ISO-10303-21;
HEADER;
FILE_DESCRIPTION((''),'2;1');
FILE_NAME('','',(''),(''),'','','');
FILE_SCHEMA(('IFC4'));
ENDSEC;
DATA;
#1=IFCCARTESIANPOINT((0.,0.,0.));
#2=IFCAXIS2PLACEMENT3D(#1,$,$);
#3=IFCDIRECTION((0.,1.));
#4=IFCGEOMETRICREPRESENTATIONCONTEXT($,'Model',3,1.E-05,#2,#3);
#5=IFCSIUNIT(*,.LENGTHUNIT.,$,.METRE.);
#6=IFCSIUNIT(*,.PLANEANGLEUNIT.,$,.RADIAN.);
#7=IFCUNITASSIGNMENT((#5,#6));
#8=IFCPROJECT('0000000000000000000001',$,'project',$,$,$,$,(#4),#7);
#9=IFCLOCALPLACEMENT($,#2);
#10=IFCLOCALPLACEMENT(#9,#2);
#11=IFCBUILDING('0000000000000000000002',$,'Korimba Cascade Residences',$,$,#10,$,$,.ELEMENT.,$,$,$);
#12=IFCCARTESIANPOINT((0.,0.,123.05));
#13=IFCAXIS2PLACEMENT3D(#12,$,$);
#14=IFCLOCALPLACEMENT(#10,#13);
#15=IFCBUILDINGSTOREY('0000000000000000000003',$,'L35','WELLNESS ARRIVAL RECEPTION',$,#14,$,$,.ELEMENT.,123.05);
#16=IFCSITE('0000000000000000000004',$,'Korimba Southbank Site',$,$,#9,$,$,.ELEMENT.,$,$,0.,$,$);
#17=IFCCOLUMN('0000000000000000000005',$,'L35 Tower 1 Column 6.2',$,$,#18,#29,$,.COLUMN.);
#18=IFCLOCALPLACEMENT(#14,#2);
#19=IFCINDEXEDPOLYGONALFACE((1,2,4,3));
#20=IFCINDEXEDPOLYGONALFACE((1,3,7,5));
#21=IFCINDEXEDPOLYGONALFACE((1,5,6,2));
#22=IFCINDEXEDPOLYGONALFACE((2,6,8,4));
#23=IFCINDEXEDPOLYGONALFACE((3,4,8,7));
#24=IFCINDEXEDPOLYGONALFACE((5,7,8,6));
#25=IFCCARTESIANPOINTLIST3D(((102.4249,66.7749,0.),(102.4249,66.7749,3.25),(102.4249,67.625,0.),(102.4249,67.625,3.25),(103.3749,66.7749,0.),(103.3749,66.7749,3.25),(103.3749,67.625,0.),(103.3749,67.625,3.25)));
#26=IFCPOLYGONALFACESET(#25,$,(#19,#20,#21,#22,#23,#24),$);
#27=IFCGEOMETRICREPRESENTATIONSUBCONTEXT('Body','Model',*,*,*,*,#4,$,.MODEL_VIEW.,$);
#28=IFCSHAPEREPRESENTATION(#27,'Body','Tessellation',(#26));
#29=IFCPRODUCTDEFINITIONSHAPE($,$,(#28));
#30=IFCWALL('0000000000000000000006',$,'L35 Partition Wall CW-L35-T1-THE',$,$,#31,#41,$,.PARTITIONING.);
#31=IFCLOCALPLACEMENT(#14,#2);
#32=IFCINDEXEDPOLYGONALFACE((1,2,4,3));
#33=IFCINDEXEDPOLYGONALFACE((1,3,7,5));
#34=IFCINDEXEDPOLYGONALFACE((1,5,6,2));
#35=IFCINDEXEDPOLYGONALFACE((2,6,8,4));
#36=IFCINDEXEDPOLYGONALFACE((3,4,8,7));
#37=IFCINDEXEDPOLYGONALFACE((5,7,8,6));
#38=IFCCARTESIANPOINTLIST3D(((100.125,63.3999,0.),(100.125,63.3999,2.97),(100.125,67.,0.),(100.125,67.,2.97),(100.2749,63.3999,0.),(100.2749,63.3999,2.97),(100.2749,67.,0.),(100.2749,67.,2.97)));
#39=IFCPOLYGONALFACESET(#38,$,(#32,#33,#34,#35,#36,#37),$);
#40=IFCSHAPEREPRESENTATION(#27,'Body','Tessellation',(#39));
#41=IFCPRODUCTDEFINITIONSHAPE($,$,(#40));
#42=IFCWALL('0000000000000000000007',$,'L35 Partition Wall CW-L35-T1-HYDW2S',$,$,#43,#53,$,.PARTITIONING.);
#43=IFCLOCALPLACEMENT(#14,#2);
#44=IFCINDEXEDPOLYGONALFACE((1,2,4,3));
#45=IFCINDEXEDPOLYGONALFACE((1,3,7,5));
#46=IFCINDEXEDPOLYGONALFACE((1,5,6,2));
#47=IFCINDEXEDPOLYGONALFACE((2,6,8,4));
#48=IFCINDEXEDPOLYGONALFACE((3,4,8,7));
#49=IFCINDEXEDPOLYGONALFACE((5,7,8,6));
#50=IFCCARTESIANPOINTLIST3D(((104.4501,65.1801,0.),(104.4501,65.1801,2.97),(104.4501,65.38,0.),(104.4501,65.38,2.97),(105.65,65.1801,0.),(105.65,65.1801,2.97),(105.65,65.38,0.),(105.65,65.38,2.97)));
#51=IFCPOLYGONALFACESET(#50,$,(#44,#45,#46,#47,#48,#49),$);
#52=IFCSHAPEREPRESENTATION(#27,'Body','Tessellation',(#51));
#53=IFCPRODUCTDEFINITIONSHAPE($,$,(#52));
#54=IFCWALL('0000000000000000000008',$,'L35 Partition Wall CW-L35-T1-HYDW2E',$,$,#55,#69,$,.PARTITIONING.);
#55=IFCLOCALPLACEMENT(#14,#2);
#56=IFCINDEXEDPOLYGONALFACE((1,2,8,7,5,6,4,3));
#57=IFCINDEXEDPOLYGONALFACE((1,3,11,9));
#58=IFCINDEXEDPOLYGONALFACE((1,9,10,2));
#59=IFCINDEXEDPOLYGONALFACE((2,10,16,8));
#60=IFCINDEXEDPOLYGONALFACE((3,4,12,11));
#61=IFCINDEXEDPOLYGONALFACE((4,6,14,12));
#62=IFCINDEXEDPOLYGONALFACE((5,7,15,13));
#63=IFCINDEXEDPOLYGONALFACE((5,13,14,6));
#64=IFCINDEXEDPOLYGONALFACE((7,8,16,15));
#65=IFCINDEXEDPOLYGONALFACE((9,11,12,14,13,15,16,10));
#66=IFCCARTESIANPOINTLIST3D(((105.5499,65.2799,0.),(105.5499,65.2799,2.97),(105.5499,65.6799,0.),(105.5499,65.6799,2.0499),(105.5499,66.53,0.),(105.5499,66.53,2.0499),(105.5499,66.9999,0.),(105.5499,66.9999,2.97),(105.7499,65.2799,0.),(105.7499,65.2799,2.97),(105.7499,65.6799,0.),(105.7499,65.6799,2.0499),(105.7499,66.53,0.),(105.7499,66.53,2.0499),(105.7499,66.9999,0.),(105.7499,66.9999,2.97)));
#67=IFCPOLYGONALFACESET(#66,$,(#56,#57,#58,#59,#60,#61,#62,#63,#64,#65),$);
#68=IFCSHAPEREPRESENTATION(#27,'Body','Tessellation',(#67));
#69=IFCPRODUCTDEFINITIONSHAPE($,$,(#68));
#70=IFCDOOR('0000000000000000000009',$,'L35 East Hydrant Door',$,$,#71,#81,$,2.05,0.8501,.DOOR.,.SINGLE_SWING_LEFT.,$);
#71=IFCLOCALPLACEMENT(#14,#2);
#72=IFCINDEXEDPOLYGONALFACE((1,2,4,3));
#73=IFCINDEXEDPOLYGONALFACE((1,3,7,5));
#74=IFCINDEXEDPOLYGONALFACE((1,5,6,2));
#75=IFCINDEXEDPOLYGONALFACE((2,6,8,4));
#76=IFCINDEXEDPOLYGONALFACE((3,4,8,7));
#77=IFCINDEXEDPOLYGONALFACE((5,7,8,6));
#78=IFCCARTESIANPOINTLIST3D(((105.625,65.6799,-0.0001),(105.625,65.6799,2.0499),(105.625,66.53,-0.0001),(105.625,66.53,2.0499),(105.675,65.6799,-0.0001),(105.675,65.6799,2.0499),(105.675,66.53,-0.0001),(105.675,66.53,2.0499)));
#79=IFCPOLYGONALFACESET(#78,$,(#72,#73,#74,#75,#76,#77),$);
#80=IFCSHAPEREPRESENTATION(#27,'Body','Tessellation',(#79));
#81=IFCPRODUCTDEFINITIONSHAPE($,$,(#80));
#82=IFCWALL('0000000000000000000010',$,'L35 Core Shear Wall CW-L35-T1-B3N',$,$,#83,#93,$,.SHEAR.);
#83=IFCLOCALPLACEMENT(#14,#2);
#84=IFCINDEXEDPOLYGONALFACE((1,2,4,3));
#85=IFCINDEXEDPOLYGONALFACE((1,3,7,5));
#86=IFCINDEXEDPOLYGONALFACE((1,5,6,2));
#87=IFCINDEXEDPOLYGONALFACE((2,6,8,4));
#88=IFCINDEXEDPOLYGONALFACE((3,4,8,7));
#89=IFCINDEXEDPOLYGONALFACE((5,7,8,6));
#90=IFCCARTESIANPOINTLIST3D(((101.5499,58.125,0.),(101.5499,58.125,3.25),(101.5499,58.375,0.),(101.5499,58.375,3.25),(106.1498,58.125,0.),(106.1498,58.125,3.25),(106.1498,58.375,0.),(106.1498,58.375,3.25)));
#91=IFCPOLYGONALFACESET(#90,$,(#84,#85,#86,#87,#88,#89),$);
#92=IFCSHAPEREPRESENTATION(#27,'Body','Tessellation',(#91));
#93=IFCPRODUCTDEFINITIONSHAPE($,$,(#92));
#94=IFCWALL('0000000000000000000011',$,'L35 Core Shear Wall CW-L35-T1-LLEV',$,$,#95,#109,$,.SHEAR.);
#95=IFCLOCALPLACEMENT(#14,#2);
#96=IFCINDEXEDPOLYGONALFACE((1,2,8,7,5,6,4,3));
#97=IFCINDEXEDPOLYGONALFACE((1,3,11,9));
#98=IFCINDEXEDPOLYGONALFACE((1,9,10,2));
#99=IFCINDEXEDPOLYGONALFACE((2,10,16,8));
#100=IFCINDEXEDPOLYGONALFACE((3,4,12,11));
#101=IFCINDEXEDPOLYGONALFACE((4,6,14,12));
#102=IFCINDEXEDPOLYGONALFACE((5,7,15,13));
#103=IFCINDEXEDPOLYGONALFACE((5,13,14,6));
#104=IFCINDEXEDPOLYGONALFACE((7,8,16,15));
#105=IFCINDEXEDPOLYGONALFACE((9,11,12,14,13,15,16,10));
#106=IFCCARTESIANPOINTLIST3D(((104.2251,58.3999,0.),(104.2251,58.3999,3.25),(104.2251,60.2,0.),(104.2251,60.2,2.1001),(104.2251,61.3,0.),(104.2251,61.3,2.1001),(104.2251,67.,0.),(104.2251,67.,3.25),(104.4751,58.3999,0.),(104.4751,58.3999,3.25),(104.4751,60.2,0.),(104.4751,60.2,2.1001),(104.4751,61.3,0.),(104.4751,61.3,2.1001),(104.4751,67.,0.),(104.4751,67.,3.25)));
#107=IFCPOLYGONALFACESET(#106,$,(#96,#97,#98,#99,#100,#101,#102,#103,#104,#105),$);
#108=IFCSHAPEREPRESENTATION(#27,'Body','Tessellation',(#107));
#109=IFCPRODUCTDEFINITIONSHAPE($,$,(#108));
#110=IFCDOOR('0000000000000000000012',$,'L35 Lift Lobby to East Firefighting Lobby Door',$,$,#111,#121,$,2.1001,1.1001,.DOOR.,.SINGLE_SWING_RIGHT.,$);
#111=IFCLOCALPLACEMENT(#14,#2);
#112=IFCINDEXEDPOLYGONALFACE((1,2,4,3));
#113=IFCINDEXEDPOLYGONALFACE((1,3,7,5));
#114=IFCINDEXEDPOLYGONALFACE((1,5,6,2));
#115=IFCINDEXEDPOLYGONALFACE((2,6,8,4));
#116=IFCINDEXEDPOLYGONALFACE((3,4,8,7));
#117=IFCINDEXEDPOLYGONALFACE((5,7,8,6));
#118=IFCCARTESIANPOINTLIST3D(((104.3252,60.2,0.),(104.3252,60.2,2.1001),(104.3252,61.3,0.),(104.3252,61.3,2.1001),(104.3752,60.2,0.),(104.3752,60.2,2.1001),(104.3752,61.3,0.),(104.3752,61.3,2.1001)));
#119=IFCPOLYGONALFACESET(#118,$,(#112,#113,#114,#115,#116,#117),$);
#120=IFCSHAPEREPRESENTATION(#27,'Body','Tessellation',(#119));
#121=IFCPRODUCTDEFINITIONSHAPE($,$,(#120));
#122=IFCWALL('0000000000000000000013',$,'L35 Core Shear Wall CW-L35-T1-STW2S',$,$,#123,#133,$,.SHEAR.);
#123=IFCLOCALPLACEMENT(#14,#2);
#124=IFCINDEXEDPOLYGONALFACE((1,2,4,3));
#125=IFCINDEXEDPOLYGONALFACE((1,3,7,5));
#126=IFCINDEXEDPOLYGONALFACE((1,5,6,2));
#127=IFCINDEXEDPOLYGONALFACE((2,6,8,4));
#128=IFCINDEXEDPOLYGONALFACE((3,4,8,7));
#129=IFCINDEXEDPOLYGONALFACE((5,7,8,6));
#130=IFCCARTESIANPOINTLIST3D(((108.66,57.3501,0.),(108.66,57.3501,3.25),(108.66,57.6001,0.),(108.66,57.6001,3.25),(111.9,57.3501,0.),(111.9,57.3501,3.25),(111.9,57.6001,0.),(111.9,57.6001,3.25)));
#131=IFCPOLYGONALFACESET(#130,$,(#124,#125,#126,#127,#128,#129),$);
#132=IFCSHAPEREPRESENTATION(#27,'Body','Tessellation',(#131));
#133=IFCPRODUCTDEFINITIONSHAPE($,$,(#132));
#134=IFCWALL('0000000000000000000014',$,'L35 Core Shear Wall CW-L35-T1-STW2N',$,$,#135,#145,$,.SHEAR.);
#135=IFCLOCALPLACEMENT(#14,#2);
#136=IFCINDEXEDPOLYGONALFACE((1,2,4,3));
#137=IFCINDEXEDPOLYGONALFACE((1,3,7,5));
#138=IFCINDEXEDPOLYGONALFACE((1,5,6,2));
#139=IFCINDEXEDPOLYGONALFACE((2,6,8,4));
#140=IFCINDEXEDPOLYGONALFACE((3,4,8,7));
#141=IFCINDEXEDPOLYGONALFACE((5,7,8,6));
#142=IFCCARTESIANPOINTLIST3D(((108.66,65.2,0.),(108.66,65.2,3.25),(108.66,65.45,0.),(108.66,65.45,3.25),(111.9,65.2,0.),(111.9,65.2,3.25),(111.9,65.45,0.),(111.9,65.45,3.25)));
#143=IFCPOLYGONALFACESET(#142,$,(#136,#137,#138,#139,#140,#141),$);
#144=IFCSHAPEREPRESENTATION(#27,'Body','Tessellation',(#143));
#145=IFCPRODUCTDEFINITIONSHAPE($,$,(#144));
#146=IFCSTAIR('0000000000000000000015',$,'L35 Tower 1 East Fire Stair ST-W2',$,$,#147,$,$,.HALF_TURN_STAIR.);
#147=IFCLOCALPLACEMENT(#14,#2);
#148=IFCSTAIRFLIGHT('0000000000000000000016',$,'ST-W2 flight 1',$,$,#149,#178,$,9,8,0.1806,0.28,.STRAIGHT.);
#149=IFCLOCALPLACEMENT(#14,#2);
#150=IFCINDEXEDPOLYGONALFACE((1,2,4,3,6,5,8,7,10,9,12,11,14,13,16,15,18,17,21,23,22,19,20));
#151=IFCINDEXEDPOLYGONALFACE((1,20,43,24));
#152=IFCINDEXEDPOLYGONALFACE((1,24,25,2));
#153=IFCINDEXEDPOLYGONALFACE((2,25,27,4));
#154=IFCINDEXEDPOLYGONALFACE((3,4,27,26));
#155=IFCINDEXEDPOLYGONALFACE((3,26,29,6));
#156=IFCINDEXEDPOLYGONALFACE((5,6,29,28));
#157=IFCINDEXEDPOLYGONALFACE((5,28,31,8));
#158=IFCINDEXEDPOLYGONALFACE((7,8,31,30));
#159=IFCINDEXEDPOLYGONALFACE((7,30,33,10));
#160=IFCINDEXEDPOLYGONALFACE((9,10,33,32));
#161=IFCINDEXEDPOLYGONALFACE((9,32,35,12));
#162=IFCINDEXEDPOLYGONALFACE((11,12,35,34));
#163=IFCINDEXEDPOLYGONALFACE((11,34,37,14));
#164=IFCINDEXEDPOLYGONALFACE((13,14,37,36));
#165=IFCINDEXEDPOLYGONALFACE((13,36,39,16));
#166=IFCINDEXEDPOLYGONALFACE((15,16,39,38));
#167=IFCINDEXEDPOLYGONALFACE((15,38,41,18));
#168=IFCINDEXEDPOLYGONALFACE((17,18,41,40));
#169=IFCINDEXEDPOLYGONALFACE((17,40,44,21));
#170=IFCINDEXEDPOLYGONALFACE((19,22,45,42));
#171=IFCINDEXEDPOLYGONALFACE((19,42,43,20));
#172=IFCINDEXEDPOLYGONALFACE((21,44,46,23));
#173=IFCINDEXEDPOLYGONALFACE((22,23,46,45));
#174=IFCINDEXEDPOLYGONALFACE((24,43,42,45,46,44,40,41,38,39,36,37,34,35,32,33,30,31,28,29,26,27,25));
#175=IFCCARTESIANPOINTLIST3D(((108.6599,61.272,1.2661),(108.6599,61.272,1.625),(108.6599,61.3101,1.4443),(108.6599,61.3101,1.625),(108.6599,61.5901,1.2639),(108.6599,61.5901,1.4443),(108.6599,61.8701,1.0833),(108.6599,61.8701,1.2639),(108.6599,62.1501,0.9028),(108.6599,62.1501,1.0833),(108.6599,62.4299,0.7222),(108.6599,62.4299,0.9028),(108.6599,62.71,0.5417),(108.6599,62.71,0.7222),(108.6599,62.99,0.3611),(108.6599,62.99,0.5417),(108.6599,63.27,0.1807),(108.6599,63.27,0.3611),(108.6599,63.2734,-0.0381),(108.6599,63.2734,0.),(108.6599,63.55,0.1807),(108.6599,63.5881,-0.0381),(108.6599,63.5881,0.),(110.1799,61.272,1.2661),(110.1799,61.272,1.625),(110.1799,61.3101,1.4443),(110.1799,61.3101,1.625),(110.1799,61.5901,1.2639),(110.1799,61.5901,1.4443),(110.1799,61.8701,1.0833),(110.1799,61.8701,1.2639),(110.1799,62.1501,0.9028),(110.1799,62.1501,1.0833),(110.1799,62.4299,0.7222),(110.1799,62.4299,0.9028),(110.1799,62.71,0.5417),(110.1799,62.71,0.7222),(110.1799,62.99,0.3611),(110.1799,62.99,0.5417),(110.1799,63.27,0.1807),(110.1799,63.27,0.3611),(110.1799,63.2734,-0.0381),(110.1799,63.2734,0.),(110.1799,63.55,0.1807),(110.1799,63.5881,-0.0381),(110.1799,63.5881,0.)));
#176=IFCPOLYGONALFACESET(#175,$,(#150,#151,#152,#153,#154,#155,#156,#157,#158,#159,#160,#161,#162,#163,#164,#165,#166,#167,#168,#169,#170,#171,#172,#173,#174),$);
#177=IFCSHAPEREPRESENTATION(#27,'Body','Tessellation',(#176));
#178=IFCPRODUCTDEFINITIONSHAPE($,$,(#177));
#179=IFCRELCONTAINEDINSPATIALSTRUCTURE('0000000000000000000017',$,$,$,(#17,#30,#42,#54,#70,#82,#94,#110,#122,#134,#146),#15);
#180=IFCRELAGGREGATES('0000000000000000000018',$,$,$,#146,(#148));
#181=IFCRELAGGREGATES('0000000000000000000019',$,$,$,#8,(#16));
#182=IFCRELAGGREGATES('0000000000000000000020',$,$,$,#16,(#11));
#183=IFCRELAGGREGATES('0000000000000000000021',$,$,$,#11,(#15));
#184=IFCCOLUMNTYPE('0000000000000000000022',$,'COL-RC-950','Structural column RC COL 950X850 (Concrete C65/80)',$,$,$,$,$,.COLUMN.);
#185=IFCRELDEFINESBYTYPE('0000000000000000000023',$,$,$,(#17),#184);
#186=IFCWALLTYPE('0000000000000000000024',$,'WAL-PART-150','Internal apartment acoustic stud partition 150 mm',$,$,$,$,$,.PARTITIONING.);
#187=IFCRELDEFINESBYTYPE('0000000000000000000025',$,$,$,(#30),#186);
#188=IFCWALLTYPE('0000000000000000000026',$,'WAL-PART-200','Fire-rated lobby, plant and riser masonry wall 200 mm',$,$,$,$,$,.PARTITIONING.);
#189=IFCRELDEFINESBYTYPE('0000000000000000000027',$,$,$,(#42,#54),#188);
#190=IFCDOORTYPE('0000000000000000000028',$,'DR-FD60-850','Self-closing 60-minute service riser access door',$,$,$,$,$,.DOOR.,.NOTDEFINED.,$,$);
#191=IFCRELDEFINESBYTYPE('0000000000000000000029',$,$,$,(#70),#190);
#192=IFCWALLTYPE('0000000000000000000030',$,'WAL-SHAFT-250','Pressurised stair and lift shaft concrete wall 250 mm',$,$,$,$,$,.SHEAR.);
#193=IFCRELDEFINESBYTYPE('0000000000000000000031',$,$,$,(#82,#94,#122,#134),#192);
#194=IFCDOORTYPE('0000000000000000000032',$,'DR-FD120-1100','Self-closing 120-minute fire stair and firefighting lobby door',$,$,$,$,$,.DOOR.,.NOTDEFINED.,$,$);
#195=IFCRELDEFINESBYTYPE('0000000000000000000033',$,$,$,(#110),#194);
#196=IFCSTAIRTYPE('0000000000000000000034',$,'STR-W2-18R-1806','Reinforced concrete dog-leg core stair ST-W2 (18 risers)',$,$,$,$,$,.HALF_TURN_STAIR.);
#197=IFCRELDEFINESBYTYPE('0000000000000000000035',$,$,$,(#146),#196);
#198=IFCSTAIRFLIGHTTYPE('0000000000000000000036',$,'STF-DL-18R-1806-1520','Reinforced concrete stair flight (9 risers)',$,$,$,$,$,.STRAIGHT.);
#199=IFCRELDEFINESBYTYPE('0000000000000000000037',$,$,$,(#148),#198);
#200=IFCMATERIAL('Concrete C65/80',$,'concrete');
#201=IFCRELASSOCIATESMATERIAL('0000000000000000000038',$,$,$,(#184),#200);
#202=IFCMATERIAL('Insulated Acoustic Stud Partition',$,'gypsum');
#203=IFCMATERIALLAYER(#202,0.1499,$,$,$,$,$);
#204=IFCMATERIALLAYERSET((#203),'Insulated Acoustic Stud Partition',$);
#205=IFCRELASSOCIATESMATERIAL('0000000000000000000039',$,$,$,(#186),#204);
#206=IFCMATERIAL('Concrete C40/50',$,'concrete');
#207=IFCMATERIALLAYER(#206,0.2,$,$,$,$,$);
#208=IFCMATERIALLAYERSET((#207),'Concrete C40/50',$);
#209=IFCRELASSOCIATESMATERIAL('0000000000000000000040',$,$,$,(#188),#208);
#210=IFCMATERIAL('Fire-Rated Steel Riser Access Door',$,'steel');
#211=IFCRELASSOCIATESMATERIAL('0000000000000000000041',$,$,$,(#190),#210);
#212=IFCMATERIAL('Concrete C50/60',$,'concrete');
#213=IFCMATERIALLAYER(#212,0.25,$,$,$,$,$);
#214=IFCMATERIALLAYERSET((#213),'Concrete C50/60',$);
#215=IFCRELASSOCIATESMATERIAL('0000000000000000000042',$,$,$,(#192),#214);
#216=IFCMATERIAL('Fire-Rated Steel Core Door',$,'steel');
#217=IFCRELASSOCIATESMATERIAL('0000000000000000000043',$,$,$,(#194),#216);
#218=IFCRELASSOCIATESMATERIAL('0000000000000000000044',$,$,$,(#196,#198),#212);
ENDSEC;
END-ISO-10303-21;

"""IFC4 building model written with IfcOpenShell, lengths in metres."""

from ifc_helpers import new_model, si_unit, direction, frame, frame_2d, origin, origin_2d, place, context, subcontext, project, spatial, polyline, rectangle, outline, extrude, material, layer, layer_set, material_profile, profile_set, type_object, element, fill, aggregate, save


model = new_model("IFC4")

# Units and contexts
model_context = context("Model", 3, precision=1e-05, world=origin(), true_north=direction((0.0, 1.0)))
body_context = subcontext(model_context, "Body", "Model", "MODEL_VIEW")
ifc_project = project(units=[si_unit("LENGTHUNIT", "METRE"), si_unit("PLANEANGLEUNIT", "RADIAN")], contexts=[model_context])

# Site, building, storey
site_placement = place(None, origin())
site = spatial("IfcSite", under=ifc_project, at=site_placement, Name="Korimba Southbank Site", CompositionType="ELEMENT", RefElevation=0.0)
building_placement = place(site_placement, origin())
building = spatial("IfcBuilding", under=site, at=building_placement, Name="Korimba Cascade Residences", CompositionType="ELEMENT")
storey_placement = place(building_placement, frame((0.0, 0.0, 123.05)))
storey = spatial("IfcBuildingStorey", under=building, at=storey_placement, Name="L35", Description="WELLNESS ARRIVAL RECEPTION", CompositionType="ELEMENT", Elevation=123.05)

# Column
ifc_material_1 = material(Name="Concrete C65/80", Category="concrete")
ifc_material_profile = material_profile(ifc_material_1, rectangle(XDim=0.95, YDim=0.8501, at=origin_2d()), Name="Concrete C65/80")
ifc_profile_set = profile_set([ifc_material_profile], Name="Concrete C65/80")
column_type = type_object("IfcColumnType", Name="COL-RC-950", Description="Structural column RC COL 950X850 (Concrete C65/80)", PredefinedType="COLUMN", material=ifc_profile_set)
column_placement = place(storey_placement, frame((102.8999, 67.2, 0.0), z_axis=(0.0, 0.0, 1.0), x_axis=(1.0, 0.0, 0.0)))
element("IfcColumn", 1, at=column_placement, inside=storey, type_object=column_type, Name="L35 Tower 1 Column 6.2", PredefinedType="COLUMN", context=body_context, shape_type="SweptSolid", body=[
    extrude(rectangle(XDim=0.95, YDim=0.8501, at=origin_2d()), origin(), (0.0, 0.0, 1.0), 3.25),
])

# Walls
ifc_material_2 = material(Name="Insulated Acoustic Stud Partition", Category="gypsum")
ifc_layer_1 = layer(ifc_material_2, 0.1499)
ifc_layer_set_1 = layer_set([ifc_layer_1], Name="Insulated Acoustic Stud Partition")
wall_type_1 = type_object("IfcWallType", Name="WAL-PART-150", Description="Internal apartment acoustic stud partition 150 mm", PredefinedType="PARTITIONING", material=ifc_layer_set_1)
wall_1_placement = place(storey_placement, frame((100.2, 63.3999, 0.0), z_axis=(0.0, 0.0, 1.0), x_axis=(0.0, 1.0, 0.0)))
element("IfcWall", 2, at=wall_1_placement, inside=storey, type_object=wall_type_1, Name="L35 Partition Wall CW-L35-T1-THE", PredefinedType="PARTITIONING", context=body_context, shape_type="SweptSolid", body=[
    extrude(rectangle(XDim=3.6001, YDim=0.1499, at=frame_2d((1.8, 0.0))), origin(), (0.0, 0.0, 1.0), 2.97),
])
ifc_material_3 = material(Name="Concrete C40/50", Category="concrete")
ifc_layer_2 = layer(ifc_material_3, 0.2)
ifc_layer_set_2 = layer_set([ifc_layer_2], Name="Concrete C40/50")
wall_type_2 = type_object("IfcWallType", Name="WAL-PART-200", Description="Fire-rated lobby, plant and riser masonry wall 200 mm", PredefinedType="PARTITIONING", material=ifc_layer_set_2)
wall_2_placement = place(storey_placement, frame((104.45, 65.28, 0.0), z_axis=(0.0, 0.0, 1.0), x_axis=(1.0, 0.0, 0.0)))
element("IfcWall", 3, at=wall_2_placement, inside=storey, type_object=wall_type_2, Name="L35 Partition Wall CW-L35-T1-HYDW2S", PredefinedType="PARTITIONING", context=body_context, shape_type="SweptSolid", body=[
    extrude(rectangle(XDim=1.2, YDim=0.2, at=frame_2d((0.6001, 0.0))), origin(), (0.0, 0.0, 1.0), 2.97),
])

# Wall, opening, door
wall_3_placement = place(storey_placement, frame((105.6499, 65.28, 0.0), z_axis=(0.0, 0.0, 1.0), x_axis=(0.0, 1.0, 0.0)))
wall_3 = element("IfcWall", 4, at=wall_3_placement, inside=storey, type_object=wall_type_2, Name="L35 Partition Wall CW-L35-T1-HYDW2E", PredefinedType="PARTITIONING", context=body_context, shape_type="SweptSolid", body=[
    extrude(rectangle(XDim=1.72, YDim=0.2, at=frame_2d((0.8599, 0.0))), origin(), (0.0, 0.0, 1.0), 2.97),
])
opening_1_placement = place(wall_3_placement, frame((0.3999, 0.0, 0.0)))
opening_1 = element("IfcOpeningElement", 5, at=opening_1_placement, cuts=wall_3, PredefinedType="OPENING", context=body_context, shape_type="SweptSolid", body=[
    extrude(rectangle(XDim=0.8501, YDim=2.05, at=frame_2d((0.425, 1.0249))), frame((0.0, 0.1099, 0.0), z_axis=(0.0, -1.0, 0.0), x_axis=(1.0, 0.0, 0.0)), (0.0, 0.0, 1.0), 0.22),
])
ifc_material_4 = material(Name="Fire-Rated Steel Riser Access Door", Category="steel")
door_type_1 = type_object("IfcDoorType", Name="DR-FD60-850", Description="Self-closing 60-minute service riser access door", OperationType="NOTDEFINED", PredefinedType="DOOR", material=ifc_material_4)
door_1_placement = place(opening_1_placement, origin())
door_1 = element("IfcDoor", 6, at=door_1_placement, inside=storey, type_object=door_type_1, Name="L35 East Hydrant Door", OperationType="SINGLE_SWING_LEFT", OverallHeight=2.05, OverallWidth=0.8501, PredefinedType="DOOR", context=body_context, shape_type="SweptSolid", body=[
    extrude(rectangle(XDim=0.8501, YDim=2.05, at=frame_2d((0.425, 1.0249))), frame((0.0, 0.0249, 0.0), z_axis=(0.0, -1.0, 0.0), x_axis=(1.0, 0.0, 0.0)), (0.0, 0.0, 1.0), 0.05),
])
fill(opening_1, door_1)

# Wall
ifc_material_5 = material(Name="Concrete C50/60", Category="concrete")
ifc_layer_3 = layer(ifc_material_5, 0.25)
ifc_layer_set_3 = layer_set([ifc_layer_3], Name="Concrete C50/60")
wall_type_3 = type_object("IfcWallType", Name="WAL-SHAFT-250", Description="Pressurised stair and lift shaft concrete wall 250 mm", PredefinedType="SHEAR", material=ifc_layer_set_3)
wall_4_placement = place(storey_placement, frame((101.55, 58.25, 0.0), z_axis=(0.0, 0.0, 1.0), x_axis=(1.0, 0.0, 0.0)))
element("IfcWall", 7, at=wall_4_placement, inside=storey, type_object=wall_type_3, Name="L35 Core Shear Wall CW-L35-T1-B3N", PredefinedType="SHEAR", context=body_context, shape_type="SweptSolid", body=[
    extrude(rectangle(XDim=4.5999, YDim=0.25, at=frame_2d((2.2998, 0.0))), origin(), (0.0, 0.0, 1.0), 3.25),
])

# Wall, opening, door
wall_5_placement = place(storey_placement, frame((104.3501, 58.3999, 0.0), z_axis=(0.0, 0.0, 1.0), x_axis=(0.0, 1.0, 0.0)))
wall_5 = element("IfcWall", 8, at=wall_5_placement, inside=storey, type_object=wall_type_3, Name="L35 Core Shear Wall CW-L35-T1-LLEV", PredefinedType="SHEAR", context=body_context, shape_type="SweptSolid", body=[
    extrude(rectangle(XDim=8.6001, YDim=0.25, at=frame_2d((4.3, 0.0))), origin(), (0.0, 0.0, 1.0), 3.25),
])
opening_2_placement = place(wall_5_placement, frame((1.8, 0.0, 0.0)))
opening_2 = element("IfcOpeningElement", 9, at=opening_2_placement, cuts=wall_5, PredefinedType="OPENING", context=body_context, shape_type="SweptSolid", body=[
    extrude(rectangle(XDim=1.1001, YDim=2.1001, at=frame_2d((0.55, 1.05))), frame((0.0, 0.135, 0.0), z_axis=(0.0, -1.0, 0.0), x_axis=(1.0, 0.0, 0.0)), (0.0, 0.0, 1.0), 0.27),
])
ifc_material_6 = material(Name="Fire-Rated Steel Core Door", Category="steel")
door_type_2 = type_object("IfcDoorType", Name="DR-FD120-1100", Description="Self-closing 120-minute fire stair and firefighting lobby door", OperationType="NOTDEFINED", PredefinedType="DOOR", material=ifc_material_6)
door_2_placement = place(opening_2_placement, origin())
door_2 = element("IfcDoor", 10, at=door_2_placement, inside=storey, type_object=door_type_2, Name="L35 Lift Lobby to East Firefighting Lobby Door", OperationType="SINGLE_SWING_RIGHT", OverallHeight=2.1001, OverallWidth=1.1001, PredefinedType="DOOR", context=body_context, shape_type="SweptSolid", body=[
    extrude(rectangle(XDim=1.1001, YDim=2.1001, at=frame_2d((0.55, 1.05))), frame((0.0, 0.0249, 0.0), z_axis=(0.0, -1.0, 0.0), x_axis=(1.0, 0.0, 0.0)), (0.0, 0.0, 1.0), 0.05),
])
fill(opening_2, door_2)

# Walls
for number, where, z_axis, x_axis, name in (
    (11, (108.6599, 57.4751, 0.0), (0.0, 0.0, 1.0), (1.0, 0.0, 0.0), "L35 Core Shear Wall CW-L35-T1-STW2S"),
    (12, (108.6599, 65.325, 0.0), (0.0, 0.0, 1.0), (1.0, 0.0, 0.0), "L35 Core Shear Wall CW-L35-T1-STW2N"),
):
    element("IfcWall", number, at=place(storey_placement, frame(where, z_axis=z_axis, x_axis=x_axis)), inside=storey, type_object=wall_type_3, Name=name, PredefinedType="SHEAR", context=body_context, shape_type="SweptSolid", body=[
        extrude(rectangle(XDim=3.24, YDim=0.25, at=frame_2d((1.6201, 0.0))), origin(), (0.0, 0.0, 1.0), 3.25),
    ])

# Stair, stair flight
stair_type = type_object("IfcStairType", Name="STR-W2-18R-1806", Description="Reinforced concrete dog-leg core stair ST-W2 (18 risers)", PredefinedType="HALF_TURN_STAIR", material=ifc_material_5)
stair_placement = place(storey_placement, origin())
stair = element("IfcStair", 13, at=stair_placement, inside=storey, type_object=stair_type, Name="L35 Tower 1 East Fire Stair ST-W2", PredefinedType="HALF_TURN_STAIR")
stair_flight_type = type_object("IfcStairFlightType", Name="STF-DL-18R-1806-1520", Description="Reinforced concrete stair flight (9 risers)", PredefinedType="STRAIGHT", material=ifc_material_5)
stair_flight_placement = place(storey_placement, frame((109.4199, 63.55, 0.0), z_axis=(0.0, 0.0, 1.0), x_axis=(0.0, -1.0, 0.0)))
stair_flight = element("IfcStairFlight", 14, at=stair_flight_placement, type_object=stair_flight_type, Name="ST-W2 flight 1", NumberOfRisers=9, NumberOfTreads=8, PredefinedType="STRAIGHT", RiserHeight=0.1806, TreadLength=0.28, context=body_context, shape_type="SweptSolid", body=[
    extrude(outline(polyline([(-0.0381, 0.0), (0.0, 0.1807), (0.28, 0.1807), (0.28, 0.3611), (0.5601, 0.3611), (0.5601, 0.5417), (0.8401, 0.5417), (0.8401, 0.7222), (1.1201, 0.7222), (1.1201, 0.9028), (1.3999, 0.9028), (1.3999, 1.0833), (1.6799, 1.0833), (1.6799, 1.2639), (1.96, 1.2639), (1.96, 1.4443), (2.24, 1.4443), (2.24, 1.625), (2.2781, 1.625), (2.2781, 1.2661), (0.2766, 0.0), (0.2766, -0.0381), (-0.0381, -0.0381), (-0.0381, 0.0)])), frame((0.0, 0.76, 0.0), z_axis=(0.0, -1.0, 0.0), x_axis=(1.0, 0.0, 0.0)), (0.0, 0.0, 1.0), 1.52),
])
aggregate(stair, [stair_flight])

save(model, "model.ifc")
